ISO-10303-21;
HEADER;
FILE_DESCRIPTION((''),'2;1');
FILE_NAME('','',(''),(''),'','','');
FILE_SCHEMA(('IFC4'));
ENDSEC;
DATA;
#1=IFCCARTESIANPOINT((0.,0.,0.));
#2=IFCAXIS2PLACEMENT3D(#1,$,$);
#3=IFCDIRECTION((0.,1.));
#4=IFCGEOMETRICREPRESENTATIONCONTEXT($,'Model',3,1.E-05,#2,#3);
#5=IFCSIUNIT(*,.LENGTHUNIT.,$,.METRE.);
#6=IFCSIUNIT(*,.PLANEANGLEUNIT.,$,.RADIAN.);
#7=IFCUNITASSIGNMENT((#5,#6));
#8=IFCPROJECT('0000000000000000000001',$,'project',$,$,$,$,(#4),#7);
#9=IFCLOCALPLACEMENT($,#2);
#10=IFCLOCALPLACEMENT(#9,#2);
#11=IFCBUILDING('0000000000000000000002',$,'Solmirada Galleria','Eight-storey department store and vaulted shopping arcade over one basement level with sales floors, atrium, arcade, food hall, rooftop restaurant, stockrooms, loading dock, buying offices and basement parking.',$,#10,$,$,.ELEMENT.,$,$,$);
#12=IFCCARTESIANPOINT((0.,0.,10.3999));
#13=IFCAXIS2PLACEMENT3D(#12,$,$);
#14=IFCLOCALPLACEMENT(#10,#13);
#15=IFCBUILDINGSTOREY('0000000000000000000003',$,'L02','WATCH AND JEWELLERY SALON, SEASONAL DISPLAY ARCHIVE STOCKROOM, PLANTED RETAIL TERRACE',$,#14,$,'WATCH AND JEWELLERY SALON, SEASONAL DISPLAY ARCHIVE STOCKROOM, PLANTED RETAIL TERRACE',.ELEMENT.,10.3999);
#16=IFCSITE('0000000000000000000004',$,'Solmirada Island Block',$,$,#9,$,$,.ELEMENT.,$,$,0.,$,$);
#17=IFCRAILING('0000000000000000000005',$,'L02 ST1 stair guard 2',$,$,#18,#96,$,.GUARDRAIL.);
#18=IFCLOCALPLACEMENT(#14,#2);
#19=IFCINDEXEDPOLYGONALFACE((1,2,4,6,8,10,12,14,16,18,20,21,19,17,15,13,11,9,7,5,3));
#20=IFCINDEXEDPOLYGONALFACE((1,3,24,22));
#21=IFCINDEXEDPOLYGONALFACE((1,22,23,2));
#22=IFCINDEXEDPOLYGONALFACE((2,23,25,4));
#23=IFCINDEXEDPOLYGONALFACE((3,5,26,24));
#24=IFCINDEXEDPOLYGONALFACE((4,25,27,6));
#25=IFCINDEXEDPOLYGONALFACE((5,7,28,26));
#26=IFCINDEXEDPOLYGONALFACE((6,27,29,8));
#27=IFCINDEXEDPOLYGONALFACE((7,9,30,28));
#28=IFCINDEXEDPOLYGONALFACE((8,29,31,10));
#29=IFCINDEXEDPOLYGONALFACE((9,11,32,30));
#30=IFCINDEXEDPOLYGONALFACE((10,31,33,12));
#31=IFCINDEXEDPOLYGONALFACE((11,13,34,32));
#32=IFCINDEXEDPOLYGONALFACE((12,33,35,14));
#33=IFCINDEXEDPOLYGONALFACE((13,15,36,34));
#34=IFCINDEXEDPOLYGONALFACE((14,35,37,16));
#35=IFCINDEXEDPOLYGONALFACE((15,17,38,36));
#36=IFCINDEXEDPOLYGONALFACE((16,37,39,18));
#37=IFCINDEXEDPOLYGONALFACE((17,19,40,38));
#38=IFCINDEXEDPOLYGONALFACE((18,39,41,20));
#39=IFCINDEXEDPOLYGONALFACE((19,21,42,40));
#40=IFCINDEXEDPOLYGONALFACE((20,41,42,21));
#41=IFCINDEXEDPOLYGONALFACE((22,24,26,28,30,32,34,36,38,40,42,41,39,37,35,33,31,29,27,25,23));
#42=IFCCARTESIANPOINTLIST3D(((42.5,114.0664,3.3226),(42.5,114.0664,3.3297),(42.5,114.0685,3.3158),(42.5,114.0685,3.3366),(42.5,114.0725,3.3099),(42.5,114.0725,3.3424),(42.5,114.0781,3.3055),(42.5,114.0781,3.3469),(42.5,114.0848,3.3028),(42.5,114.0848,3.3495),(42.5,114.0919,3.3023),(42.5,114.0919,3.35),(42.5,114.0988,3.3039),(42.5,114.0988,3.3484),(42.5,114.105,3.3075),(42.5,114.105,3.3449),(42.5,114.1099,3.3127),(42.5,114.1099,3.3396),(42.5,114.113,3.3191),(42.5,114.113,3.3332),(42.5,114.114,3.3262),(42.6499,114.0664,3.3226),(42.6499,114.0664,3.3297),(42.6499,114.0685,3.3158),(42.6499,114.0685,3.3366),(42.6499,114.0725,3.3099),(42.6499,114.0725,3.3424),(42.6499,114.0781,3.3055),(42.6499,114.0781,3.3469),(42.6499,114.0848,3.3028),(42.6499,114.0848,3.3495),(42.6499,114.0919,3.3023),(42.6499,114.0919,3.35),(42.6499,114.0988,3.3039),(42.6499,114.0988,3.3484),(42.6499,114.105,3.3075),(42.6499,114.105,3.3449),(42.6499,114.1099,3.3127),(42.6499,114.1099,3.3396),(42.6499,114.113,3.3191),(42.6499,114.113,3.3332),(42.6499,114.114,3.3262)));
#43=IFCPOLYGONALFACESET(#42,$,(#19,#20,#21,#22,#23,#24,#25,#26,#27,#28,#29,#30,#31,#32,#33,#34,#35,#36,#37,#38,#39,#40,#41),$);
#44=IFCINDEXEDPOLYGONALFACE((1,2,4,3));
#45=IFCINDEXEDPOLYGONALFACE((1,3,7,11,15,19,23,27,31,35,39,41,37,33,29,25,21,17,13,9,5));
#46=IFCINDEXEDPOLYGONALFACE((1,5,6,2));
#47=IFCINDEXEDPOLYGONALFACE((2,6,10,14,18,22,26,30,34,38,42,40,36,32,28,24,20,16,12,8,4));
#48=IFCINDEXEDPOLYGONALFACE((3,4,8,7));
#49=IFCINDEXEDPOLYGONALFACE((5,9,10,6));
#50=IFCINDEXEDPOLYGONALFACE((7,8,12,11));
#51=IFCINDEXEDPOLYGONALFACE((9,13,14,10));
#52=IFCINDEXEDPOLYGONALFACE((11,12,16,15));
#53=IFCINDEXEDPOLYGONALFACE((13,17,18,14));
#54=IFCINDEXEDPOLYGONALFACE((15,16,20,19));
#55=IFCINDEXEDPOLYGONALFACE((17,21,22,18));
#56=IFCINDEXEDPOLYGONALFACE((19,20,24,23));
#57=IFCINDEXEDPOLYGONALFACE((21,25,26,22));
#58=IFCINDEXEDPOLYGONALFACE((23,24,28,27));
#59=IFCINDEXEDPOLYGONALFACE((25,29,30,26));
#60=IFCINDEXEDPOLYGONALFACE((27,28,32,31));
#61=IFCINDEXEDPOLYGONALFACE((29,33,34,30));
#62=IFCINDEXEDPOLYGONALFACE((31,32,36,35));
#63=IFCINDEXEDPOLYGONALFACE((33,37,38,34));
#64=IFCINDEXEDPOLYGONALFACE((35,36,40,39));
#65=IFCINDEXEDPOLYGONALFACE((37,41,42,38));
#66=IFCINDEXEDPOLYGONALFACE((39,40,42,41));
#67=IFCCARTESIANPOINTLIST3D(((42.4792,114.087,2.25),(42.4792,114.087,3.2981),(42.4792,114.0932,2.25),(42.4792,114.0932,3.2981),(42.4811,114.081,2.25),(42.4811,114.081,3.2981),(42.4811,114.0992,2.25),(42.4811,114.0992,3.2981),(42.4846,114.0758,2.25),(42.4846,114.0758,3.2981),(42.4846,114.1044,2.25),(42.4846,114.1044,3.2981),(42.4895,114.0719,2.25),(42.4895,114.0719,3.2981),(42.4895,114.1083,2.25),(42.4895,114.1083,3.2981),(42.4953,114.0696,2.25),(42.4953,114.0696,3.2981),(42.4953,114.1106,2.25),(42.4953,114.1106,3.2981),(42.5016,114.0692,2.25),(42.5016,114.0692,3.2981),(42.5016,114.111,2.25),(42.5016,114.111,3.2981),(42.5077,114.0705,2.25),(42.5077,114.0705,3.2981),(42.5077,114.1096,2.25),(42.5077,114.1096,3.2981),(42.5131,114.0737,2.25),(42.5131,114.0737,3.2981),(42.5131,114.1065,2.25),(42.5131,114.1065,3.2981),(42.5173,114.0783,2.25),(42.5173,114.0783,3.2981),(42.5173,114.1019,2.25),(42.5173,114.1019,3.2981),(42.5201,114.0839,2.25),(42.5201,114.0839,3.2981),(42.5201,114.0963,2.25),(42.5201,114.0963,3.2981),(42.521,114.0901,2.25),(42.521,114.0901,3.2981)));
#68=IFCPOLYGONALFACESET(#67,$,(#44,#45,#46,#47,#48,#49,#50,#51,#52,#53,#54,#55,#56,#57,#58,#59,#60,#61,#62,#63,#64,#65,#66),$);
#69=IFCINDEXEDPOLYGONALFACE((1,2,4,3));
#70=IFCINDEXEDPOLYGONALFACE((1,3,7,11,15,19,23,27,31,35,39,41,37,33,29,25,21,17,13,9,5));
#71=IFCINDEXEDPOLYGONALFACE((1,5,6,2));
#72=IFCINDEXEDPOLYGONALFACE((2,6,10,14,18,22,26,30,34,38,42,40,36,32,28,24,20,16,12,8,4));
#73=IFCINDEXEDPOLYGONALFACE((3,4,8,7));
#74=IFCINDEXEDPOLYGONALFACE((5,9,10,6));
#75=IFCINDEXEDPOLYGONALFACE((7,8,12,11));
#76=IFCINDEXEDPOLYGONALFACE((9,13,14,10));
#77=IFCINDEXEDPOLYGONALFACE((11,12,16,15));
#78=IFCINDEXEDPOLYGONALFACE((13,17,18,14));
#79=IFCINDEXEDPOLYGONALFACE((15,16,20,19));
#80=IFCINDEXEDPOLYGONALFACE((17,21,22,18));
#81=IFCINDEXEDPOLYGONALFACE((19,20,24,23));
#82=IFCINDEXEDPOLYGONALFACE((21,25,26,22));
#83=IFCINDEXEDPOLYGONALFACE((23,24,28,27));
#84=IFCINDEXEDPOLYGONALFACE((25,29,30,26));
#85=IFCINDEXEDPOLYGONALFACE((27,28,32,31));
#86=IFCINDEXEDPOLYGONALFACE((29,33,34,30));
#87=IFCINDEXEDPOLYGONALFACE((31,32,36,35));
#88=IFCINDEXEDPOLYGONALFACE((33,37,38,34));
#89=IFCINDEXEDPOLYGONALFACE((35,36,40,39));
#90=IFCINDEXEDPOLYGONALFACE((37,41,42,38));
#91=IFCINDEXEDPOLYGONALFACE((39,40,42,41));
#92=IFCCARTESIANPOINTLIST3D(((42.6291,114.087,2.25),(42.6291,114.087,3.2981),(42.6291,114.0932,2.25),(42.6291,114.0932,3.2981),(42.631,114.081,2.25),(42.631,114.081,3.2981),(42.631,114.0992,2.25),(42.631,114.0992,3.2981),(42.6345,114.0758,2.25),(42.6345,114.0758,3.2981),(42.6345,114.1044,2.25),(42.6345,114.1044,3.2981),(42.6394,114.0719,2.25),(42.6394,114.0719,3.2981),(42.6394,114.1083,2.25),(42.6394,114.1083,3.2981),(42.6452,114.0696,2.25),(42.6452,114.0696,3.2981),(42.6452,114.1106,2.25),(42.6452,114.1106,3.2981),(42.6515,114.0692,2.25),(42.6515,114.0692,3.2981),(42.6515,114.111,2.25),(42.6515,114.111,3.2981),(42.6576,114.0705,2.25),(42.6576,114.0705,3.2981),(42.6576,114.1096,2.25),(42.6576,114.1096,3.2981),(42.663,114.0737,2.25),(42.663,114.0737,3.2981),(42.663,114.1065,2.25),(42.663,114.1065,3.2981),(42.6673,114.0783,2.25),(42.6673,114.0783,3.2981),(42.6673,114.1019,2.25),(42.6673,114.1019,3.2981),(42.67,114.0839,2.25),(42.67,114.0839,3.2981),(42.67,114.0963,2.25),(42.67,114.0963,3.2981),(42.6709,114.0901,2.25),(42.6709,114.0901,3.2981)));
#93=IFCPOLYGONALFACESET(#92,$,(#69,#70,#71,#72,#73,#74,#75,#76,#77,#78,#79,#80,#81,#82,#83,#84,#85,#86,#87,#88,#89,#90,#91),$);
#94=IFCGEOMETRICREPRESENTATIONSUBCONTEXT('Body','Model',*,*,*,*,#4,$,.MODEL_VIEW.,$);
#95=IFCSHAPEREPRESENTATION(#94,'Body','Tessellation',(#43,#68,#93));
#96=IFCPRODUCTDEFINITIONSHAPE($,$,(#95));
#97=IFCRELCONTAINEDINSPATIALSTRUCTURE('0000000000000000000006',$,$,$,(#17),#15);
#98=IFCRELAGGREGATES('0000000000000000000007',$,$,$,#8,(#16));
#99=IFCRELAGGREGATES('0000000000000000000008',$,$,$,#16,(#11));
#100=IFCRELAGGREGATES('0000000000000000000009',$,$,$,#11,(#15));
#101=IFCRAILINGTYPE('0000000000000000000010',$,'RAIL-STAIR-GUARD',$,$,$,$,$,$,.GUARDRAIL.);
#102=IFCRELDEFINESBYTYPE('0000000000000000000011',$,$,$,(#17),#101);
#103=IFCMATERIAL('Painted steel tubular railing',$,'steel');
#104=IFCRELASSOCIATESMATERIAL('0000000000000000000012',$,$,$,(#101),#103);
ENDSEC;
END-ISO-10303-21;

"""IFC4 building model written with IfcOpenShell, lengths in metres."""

from ifc_helpers import new_model, si_unit, direction, frame, origin, origin_2d, place, context, subcontext, project, spatial, circle, extrude, material, type_object, element, save


model = new_model("IFC4")

# Units and contexts
model_context = context("Model", 3, precision=1e-05, world=origin(), true_north=direction((0.0, 1.0)))
body_context = subcontext(model_context, "Body", "Model", "MODEL_VIEW")
ifc_project = project(units=[si_unit("LENGTHUNIT", "METRE"), si_unit("PLANEANGLEUNIT", "RADIAN")], contexts=[model_context])

# Site, building, storey
site_placement = place(None, origin())
site = spatial("IfcSite", under=ifc_project, at=site_placement, Name="Solmirada Island Block", CompositionType="ELEMENT", RefElevation=0.0)
building_placement = place(site_placement, origin())
building = spatial("IfcBuilding", under=site, at=building_placement, Name="Solmirada Galleria", Description="Eight-storey department store and vaulted shopping arcade over one basement level with sales floors, atrium, arcade, food hall, rooftop restaurant, stockrooms, loading dock, buying offices and basement parking.", CompositionType="ELEMENT")
storey_placement = place(building_placement, frame((0.0, 0.0, 10.3999)))
storey = spatial("IfcBuildingStorey", under=building, at=storey_placement, Name="L02", Description="WATCH AND JEWELLERY SALON, SEASONAL DISPLAY ARCHIVE STOCKROOM, PLANTED RETAIL TERRACE", LongName="WATCH AND JEWELLERY SALON, SEASONAL DISPLAY ARCHIVE STOCKROOM, PLANTED RETAIL TERRACE", CompositionType="ELEMENT", Elevation=10.3999)

# Railing
ifc_material_1 = material(Name="Painted steel tubular railing", Category="steel")
railing_type_1 = type_object("IfcRailingType", Name="RAIL-STAIR-GUARD", PredefinedType="GUARDRAIL", material=ifc_material_1)
railing_1_placement = place(storey_placement, frame((42.5, 114.0901, 2.25)))
element("IfcRailing", 1, at=railing_1_placement, inside=storey, type_object=railing_type_1, Name="L02 ST1 stair guard 2", PredefinedType="GUARDRAIL", context=body_context, shape_type="SweptSolid", body=[
    extrude(circle(Radius=0.0239, at=origin_2d()), frame((0.0, 0.0, 1.0762), z_axis=(1.0, 0.0, 0.0), x_axis=(0.0, 1.0, 0.0)), (0.0, 0.0, 1.0), 0.1499),
    extrude(circle(Radius=0.021, at=origin_2d()), origin(), (0.0, 0.0, 1.0), 1.0481),
    extrude(circle(Radius=0.021, at=origin_2d()), frame((0.1499, 0.0, 0.0)), (0.0, 0.0, 1.0), 1.0481),
])

save(model, "model.ifc")
